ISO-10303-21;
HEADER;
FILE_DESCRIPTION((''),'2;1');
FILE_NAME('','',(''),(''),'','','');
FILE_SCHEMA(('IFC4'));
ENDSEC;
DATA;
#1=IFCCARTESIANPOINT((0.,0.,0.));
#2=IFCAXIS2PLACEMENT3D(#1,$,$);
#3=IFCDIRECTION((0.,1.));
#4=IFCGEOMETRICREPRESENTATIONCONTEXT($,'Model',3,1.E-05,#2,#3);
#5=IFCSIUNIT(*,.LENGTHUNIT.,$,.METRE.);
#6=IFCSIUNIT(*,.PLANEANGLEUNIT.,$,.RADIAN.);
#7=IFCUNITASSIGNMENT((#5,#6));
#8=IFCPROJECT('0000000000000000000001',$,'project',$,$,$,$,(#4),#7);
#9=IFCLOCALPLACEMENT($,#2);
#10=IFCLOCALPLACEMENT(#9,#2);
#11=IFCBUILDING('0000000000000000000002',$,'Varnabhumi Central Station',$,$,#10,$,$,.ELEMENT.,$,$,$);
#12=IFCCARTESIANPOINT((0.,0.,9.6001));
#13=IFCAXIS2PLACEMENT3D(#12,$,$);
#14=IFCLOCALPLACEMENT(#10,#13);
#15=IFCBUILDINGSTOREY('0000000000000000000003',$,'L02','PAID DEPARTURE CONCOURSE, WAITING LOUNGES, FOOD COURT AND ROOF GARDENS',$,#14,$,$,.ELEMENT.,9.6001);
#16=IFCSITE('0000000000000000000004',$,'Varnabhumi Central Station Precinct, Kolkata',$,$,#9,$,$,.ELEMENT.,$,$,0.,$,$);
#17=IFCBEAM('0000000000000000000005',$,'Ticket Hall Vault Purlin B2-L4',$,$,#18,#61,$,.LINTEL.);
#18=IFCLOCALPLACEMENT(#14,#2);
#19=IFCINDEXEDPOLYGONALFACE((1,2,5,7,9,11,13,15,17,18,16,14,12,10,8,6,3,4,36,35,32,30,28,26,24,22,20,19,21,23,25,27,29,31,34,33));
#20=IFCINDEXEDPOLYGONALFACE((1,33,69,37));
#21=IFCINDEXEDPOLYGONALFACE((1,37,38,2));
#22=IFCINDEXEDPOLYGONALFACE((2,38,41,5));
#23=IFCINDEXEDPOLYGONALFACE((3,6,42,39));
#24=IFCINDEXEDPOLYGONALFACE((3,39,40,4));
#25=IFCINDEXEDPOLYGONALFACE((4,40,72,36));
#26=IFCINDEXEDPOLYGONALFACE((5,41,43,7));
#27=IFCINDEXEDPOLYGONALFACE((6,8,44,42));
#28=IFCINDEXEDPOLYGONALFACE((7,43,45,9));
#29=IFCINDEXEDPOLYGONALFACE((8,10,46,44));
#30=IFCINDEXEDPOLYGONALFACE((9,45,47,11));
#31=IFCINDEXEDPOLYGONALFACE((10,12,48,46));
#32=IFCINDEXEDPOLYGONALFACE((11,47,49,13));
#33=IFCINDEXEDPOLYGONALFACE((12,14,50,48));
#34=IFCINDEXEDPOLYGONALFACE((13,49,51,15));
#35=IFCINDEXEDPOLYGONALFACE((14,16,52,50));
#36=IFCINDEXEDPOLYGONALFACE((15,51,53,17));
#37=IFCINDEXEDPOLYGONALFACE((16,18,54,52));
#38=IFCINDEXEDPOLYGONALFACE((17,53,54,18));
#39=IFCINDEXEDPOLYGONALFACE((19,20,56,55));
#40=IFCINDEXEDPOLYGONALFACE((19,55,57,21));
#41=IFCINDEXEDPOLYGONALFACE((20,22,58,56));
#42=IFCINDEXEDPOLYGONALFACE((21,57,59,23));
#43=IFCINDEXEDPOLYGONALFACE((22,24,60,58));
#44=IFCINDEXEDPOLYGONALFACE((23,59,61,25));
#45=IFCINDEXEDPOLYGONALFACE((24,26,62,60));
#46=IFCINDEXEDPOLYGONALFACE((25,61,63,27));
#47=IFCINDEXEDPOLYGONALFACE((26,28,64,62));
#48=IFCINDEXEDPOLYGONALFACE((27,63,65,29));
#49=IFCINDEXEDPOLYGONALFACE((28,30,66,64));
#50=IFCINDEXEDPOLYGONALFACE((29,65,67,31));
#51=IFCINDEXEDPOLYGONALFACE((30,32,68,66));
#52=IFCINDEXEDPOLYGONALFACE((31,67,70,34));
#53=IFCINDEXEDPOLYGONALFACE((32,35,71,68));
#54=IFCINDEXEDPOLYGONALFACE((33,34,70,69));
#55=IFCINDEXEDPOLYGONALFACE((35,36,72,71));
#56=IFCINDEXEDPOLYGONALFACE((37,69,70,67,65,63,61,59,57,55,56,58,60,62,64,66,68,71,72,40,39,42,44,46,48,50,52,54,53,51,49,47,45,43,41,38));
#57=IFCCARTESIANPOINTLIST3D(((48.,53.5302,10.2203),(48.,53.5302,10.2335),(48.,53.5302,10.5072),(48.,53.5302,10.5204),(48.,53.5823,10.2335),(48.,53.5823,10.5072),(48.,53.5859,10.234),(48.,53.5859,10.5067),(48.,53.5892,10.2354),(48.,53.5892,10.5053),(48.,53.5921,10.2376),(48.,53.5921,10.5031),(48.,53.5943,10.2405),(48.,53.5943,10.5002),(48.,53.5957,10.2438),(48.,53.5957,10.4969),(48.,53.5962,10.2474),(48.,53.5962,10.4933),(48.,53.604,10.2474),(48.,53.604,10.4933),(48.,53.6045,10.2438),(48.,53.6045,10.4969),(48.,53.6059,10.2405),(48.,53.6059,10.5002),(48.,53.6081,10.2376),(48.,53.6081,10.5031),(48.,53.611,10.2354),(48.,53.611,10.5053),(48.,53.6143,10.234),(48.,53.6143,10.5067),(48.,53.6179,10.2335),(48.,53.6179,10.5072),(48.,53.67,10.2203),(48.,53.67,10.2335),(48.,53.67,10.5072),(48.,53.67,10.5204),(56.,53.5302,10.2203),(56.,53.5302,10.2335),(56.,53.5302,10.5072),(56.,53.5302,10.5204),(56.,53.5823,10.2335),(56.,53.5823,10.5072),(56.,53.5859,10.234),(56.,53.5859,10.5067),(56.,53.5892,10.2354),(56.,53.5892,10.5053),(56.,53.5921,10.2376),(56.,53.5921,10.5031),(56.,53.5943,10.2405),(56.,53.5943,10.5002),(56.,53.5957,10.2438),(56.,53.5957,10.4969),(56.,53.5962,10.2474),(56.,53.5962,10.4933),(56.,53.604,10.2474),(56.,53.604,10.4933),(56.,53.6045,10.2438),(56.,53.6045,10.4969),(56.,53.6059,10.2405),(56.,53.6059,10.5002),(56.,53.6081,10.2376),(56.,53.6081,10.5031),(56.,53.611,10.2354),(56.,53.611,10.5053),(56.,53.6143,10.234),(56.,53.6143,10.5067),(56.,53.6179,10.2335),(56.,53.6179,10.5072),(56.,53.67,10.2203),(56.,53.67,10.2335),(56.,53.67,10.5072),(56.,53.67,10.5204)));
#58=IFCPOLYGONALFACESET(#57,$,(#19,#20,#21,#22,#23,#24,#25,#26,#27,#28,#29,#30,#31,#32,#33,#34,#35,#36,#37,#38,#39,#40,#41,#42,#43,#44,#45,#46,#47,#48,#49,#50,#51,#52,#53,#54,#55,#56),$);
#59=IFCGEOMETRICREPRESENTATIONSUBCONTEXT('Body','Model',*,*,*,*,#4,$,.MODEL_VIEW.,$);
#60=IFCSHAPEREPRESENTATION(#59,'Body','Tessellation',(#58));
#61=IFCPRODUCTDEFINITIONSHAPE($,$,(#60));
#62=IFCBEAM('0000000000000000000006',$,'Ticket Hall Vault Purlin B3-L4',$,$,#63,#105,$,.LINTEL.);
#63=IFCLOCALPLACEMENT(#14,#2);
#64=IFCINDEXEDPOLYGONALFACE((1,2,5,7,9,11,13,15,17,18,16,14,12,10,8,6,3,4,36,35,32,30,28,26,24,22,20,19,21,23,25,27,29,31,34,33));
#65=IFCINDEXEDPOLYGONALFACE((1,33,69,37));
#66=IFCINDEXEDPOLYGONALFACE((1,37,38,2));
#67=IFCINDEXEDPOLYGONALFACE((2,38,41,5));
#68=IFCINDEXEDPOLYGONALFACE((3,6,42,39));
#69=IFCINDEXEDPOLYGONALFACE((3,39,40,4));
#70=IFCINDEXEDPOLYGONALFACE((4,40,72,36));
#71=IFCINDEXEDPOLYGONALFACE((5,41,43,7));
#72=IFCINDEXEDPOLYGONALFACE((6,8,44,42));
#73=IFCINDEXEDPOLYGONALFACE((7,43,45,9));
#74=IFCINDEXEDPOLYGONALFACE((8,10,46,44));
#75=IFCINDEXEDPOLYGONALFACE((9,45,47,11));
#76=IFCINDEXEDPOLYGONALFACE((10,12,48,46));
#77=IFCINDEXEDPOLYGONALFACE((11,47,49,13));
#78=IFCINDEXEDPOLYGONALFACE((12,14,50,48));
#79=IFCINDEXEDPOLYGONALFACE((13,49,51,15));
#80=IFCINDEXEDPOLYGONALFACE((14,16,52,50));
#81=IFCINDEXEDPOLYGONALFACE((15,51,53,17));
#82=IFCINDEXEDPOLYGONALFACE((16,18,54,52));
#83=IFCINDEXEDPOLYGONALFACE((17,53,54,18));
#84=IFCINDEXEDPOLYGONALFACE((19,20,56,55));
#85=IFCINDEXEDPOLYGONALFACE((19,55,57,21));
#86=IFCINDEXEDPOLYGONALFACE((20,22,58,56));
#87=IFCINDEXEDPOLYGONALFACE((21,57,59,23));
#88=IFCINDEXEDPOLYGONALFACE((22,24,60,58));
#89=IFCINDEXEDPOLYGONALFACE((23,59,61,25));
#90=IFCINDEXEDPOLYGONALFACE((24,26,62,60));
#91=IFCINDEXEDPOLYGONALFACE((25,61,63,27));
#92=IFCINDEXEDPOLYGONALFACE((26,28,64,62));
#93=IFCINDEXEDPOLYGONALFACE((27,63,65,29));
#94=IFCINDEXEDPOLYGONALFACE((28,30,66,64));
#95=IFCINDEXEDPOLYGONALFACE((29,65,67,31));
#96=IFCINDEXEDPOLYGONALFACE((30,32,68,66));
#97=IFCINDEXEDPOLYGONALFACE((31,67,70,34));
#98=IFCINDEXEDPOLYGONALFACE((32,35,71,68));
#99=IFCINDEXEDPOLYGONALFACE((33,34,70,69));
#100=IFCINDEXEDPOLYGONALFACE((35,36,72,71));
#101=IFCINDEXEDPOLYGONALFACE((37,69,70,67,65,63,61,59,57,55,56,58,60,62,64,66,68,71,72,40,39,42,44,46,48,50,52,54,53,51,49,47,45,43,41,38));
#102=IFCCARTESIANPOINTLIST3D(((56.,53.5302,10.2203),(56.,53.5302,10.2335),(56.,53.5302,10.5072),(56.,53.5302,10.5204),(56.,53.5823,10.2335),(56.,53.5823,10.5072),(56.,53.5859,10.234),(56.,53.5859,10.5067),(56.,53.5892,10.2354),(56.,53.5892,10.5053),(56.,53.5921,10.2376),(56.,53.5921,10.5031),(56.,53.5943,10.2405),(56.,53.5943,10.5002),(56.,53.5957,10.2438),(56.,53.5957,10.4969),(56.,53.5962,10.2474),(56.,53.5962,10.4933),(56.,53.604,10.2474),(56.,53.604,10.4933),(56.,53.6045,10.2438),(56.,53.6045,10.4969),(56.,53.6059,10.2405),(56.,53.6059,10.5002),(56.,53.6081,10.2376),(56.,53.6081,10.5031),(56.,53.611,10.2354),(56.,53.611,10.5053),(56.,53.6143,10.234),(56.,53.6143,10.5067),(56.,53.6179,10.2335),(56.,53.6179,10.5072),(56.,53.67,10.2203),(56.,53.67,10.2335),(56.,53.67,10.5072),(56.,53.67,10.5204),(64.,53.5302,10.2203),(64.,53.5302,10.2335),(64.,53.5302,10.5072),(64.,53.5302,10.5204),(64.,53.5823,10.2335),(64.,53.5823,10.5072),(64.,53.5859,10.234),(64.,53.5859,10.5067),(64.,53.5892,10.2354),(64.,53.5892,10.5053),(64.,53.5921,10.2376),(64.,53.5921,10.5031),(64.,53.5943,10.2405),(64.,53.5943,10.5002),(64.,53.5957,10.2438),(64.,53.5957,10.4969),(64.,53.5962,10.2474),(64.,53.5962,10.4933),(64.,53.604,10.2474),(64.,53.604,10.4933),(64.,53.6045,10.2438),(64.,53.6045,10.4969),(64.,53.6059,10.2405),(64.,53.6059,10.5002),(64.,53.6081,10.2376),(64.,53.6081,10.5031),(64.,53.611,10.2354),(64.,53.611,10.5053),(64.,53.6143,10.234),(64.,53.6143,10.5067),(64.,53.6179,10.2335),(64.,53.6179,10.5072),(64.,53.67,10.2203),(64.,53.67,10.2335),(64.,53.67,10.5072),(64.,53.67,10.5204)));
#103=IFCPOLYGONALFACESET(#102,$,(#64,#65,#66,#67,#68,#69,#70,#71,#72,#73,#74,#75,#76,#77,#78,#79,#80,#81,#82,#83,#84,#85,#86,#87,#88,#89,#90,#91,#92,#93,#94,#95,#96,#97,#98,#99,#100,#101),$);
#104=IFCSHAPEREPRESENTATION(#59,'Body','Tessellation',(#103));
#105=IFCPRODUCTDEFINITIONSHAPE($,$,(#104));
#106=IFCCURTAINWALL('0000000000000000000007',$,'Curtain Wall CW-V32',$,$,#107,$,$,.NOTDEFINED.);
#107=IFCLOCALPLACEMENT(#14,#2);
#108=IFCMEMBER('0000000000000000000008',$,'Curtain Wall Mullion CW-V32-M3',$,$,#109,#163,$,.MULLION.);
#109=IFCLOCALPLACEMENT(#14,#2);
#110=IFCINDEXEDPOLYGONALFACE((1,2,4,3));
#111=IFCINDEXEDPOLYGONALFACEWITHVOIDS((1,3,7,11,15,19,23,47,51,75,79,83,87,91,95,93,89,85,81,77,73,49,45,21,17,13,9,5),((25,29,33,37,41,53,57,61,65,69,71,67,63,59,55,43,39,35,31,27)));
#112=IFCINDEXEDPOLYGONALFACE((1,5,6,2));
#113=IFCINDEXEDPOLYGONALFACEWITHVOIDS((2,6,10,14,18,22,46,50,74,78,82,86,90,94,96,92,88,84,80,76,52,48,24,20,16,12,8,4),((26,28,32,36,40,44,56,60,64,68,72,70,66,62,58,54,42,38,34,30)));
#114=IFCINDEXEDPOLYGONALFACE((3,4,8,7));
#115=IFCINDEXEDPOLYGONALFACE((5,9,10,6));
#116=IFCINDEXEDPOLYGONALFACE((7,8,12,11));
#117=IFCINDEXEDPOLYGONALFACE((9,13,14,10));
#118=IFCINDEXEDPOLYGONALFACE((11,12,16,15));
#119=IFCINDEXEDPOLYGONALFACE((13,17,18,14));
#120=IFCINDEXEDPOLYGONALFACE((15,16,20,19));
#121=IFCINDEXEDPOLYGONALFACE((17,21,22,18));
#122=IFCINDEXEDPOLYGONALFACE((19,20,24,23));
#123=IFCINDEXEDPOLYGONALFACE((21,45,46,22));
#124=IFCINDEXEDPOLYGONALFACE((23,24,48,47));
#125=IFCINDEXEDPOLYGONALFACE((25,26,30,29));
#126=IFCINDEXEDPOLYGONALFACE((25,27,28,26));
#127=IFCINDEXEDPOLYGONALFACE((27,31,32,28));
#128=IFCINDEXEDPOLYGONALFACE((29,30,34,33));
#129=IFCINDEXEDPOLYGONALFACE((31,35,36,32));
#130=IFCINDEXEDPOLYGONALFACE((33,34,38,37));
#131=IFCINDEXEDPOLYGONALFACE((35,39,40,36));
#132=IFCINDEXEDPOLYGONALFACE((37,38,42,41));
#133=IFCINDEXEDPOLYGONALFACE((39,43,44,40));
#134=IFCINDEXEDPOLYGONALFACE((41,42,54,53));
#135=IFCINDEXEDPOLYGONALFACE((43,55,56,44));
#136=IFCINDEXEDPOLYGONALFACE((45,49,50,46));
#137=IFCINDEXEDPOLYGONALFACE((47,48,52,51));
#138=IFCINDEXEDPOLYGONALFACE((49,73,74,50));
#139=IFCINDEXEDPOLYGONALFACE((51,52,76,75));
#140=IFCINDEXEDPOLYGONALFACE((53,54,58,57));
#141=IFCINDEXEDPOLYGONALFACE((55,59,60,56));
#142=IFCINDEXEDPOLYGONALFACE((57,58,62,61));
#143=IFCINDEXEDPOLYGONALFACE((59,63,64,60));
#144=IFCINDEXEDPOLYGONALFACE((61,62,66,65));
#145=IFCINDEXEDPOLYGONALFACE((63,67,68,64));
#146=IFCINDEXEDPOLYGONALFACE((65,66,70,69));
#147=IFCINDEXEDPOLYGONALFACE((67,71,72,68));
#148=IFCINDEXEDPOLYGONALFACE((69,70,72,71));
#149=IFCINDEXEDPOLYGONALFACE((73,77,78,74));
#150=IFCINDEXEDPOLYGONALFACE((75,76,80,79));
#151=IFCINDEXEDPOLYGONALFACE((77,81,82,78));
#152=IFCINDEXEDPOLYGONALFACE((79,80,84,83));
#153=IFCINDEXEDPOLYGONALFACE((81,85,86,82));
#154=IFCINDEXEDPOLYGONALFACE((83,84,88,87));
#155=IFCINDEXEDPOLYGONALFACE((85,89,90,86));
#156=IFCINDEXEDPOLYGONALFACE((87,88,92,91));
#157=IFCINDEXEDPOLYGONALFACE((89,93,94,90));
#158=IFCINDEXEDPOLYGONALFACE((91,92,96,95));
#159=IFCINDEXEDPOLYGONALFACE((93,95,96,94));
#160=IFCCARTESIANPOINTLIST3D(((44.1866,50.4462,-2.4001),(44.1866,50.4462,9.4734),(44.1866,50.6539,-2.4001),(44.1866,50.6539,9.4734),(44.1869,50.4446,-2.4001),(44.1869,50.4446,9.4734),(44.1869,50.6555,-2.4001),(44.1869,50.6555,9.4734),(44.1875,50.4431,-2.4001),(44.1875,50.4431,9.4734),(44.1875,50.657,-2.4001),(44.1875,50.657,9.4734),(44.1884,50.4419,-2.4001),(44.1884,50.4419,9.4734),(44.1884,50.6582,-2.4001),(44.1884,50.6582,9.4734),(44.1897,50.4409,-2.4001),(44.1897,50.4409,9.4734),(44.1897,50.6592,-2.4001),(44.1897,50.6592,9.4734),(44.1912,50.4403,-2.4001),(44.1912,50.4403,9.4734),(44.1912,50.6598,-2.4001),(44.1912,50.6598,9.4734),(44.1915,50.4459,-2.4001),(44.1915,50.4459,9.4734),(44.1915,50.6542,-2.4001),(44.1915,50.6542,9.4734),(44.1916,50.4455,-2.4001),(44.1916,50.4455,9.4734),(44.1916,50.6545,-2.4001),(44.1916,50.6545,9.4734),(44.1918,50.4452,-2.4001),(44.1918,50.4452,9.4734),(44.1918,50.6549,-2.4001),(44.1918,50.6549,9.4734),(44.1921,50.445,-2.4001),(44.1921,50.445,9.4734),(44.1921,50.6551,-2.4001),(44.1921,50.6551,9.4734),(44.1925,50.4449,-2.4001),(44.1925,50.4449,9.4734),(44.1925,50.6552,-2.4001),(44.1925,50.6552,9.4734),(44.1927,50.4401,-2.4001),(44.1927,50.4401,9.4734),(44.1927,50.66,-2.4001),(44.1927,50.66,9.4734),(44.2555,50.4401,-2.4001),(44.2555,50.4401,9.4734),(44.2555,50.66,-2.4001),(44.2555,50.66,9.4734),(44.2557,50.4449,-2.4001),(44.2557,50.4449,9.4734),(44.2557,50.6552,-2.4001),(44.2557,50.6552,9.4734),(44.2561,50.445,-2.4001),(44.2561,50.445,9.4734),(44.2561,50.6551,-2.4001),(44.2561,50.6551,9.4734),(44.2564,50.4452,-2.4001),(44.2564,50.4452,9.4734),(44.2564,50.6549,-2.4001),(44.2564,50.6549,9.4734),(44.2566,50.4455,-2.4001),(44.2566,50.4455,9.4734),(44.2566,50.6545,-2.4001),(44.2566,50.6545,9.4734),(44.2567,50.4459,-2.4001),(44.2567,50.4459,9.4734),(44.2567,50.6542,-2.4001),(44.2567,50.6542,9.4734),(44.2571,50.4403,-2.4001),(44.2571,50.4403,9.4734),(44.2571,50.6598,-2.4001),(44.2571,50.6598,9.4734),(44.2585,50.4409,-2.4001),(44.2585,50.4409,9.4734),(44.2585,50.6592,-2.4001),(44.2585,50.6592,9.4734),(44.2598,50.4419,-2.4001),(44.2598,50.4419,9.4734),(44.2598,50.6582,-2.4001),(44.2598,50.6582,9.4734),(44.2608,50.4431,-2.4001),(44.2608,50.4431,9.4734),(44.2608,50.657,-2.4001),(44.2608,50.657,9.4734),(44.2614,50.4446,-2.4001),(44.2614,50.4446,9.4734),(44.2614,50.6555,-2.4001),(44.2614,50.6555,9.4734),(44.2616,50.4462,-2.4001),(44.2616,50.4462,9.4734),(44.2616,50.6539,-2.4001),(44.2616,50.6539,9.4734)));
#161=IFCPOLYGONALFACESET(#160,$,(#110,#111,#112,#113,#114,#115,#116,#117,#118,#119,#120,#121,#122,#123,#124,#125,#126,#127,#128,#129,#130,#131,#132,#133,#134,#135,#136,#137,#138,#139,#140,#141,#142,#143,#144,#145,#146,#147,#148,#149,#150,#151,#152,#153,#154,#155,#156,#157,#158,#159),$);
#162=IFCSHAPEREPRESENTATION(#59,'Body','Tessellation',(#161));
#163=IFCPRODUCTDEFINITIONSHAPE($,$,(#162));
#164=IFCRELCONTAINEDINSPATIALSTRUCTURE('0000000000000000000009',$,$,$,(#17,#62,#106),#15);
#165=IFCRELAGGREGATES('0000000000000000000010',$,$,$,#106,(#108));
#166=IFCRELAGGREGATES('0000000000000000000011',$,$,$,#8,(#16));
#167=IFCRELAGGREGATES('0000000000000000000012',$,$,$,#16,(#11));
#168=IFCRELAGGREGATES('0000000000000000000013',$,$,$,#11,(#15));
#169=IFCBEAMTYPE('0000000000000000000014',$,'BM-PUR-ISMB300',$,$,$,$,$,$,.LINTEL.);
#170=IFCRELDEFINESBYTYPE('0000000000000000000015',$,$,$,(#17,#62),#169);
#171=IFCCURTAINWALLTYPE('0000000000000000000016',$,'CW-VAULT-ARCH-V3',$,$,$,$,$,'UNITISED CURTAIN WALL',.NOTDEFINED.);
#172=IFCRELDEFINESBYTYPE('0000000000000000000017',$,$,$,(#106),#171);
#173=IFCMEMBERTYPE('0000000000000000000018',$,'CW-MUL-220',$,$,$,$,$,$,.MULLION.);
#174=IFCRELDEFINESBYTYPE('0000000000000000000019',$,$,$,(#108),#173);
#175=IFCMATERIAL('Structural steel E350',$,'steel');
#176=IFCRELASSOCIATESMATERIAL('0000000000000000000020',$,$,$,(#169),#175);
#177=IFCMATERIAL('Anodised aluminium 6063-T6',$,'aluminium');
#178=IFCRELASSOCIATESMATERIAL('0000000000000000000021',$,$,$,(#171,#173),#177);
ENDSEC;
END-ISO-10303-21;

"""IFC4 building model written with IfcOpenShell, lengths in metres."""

from ifc_helpers import new_model, si_unit, direction, frame, origin, origin_2d, place, context, subcontext, project, spatial, hollow_rectangle, i_section, extrude, material, material_profile, profile_set, type_object, element, aggregate, save


model = new_model("IFC4")

# Units and contexts
model_context = context("Model", 3, precision=1e-05, world=origin(), true_north=direction((0.0, 1.0)))
body_context = subcontext(model_context, "Body", "Model", "MODEL_VIEW")
ifc_project = project(units=[si_unit("LENGTHUNIT", "METRE"), si_unit("PLANEANGLEUNIT", "RADIAN")], contexts=[model_context])

# Site, building, storey
site_placement = place(None, origin())
site = spatial("IfcSite", under=ifc_project, at=site_placement, Name="Varnabhumi Central Station Precinct, Kolkata", CompositionType="ELEMENT", RefElevation=0.0)
building_placement = place(site_placement, origin())
building = spatial("IfcBuilding", under=site, at=building_placement, Name="Varnabhumi Central Station", CompositionType="ELEMENT")
storey_placement = place(building_placement, frame((0.0, 0.0, 9.6001)))
storey = spatial("IfcBuildingStorey", under=building, at=storey_placement, Name="L02", Description="PAID DEPARTURE CONCOURSE, WAITING LOUNGES, FOOD COURT AND ROOF GARDENS", CompositionType="ELEMENT", Elevation=9.6001)

# Beams
ifc_material_1 = material(Name="Structural steel E350", Category="steel")
ifc_material_profile_1 = material_profile(ifc_material_1, i_section(OverallWidth=0.1399, OverallDepth=0.3, WebThickness=0.0078, FlangeThickness=0.0132, FilletRadius=0.0139, at=origin_2d()), Name="Structural steel E350", Category="steel")
ifc_profile_set_1 = profile_set([ifc_material_profile_1], Name="Structural steel E350")
beam_type_1 = type_object("IfcBeamType", Name="BM-PUR-ISMB300", PredefinedType="LINTEL", material=ifc_profile_set_1)
for number, where, z_axis, x_axis, name in (
    (1, (48.0, 53.6001, 10.3704), (1.0, 0.0, 0.0), (0.0, 1.0, 0.0), "Ticket Hall Vault Purlin B2-L4"),
    (2, (56.0, 53.6001, 10.3704), (1.0, 0.0, 0.0), (0.0, 1.0, 0.0), "Ticket Hall Vault Purlin B3-L4"),
):
    element("IfcBeam", number, at=place(storey_placement, frame(where, z_axis=z_axis, x_axis=x_axis)), inside=storey, type_object=beam_type_1, Name=name, PredefinedType="LINTEL", context=body_context, shape_type="SweptSolid", body=[
        extrude(i_section(OverallWidth=0.1399, OverallDepth=0.3, WebThickness=0.0078, FlangeThickness=0.0132, FilletRadius=0.0139, at=origin_2d()), origin(), (0.0, 0.0, 1.0), 8.0),
    ])

# Curtain wall, member
ifc_material_2 = material(Name="Anodised aluminium 6063-T6", Category="aluminium")
curtain_wall_type = type_object("IfcCurtainWallType", Name="CW-VAULT-ARCH-V3", ElementType="UNITISED CURTAIN WALL", PredefinedType="NOTDEFINED", material=ifc_material_2)
curtain_wall_1_placement = place(storey_placement, origin())
curtain_wall_1 = element("IfcCurtainWall", 3, at=curtain_wall_1_placement, inside=storey, type_object=curtain_wall_type, Name="Curtain Wall CW-V32", PredefinedType="NOTDEFINED")
ifc_material_profile_2 = material_profile(ifc_material_2, hollow_rectangle(XDim=0.075, YDim=0.22, WallThickness=0.0049, InnerFilletRadius=0.001, OuterFilletRadius=0.0061, at=origin_2d()), Name="Anodised aluminium 6063-T6", Category="aluminium")
ifc_profile_set_2 = profile_set([ifc_material_profile_2], Name="Anodised aluminium 6063-T6")
member_type_1 = type_object("IfcMemberType", Name="CW-MUL-220", PredefinedType="MULLION", material=ifc_profile_set_2)
member_1_placement = place(storey_placement, frame((44.2241, 50.55, -2.4001), z_axis=(0.0, 0.0, 1.0), x_axis=(1.0, 0.0, 0.0)))
member_1 = element("IfcMember", 4, at=member_1_placement, type_object=member_type_1, Name="Curtain Wall Mullion CW-V32-M3", PredefinedType="MULLION", context=body_context, shape_type="SweptSolid", body=[
    extrude(hollow_rectangle(XDim=0.075, YDim=0.22, WallThickness=0.0049, InnerFilletRadius=0.001, OuterFilletRadius=0.0061, at=origin_2d()), origin(), (0.0, 0.0, 1.0), 11.8735),
])

aggregate(curtain_wall_1, [member_1])

save(model, "model.ifc")
